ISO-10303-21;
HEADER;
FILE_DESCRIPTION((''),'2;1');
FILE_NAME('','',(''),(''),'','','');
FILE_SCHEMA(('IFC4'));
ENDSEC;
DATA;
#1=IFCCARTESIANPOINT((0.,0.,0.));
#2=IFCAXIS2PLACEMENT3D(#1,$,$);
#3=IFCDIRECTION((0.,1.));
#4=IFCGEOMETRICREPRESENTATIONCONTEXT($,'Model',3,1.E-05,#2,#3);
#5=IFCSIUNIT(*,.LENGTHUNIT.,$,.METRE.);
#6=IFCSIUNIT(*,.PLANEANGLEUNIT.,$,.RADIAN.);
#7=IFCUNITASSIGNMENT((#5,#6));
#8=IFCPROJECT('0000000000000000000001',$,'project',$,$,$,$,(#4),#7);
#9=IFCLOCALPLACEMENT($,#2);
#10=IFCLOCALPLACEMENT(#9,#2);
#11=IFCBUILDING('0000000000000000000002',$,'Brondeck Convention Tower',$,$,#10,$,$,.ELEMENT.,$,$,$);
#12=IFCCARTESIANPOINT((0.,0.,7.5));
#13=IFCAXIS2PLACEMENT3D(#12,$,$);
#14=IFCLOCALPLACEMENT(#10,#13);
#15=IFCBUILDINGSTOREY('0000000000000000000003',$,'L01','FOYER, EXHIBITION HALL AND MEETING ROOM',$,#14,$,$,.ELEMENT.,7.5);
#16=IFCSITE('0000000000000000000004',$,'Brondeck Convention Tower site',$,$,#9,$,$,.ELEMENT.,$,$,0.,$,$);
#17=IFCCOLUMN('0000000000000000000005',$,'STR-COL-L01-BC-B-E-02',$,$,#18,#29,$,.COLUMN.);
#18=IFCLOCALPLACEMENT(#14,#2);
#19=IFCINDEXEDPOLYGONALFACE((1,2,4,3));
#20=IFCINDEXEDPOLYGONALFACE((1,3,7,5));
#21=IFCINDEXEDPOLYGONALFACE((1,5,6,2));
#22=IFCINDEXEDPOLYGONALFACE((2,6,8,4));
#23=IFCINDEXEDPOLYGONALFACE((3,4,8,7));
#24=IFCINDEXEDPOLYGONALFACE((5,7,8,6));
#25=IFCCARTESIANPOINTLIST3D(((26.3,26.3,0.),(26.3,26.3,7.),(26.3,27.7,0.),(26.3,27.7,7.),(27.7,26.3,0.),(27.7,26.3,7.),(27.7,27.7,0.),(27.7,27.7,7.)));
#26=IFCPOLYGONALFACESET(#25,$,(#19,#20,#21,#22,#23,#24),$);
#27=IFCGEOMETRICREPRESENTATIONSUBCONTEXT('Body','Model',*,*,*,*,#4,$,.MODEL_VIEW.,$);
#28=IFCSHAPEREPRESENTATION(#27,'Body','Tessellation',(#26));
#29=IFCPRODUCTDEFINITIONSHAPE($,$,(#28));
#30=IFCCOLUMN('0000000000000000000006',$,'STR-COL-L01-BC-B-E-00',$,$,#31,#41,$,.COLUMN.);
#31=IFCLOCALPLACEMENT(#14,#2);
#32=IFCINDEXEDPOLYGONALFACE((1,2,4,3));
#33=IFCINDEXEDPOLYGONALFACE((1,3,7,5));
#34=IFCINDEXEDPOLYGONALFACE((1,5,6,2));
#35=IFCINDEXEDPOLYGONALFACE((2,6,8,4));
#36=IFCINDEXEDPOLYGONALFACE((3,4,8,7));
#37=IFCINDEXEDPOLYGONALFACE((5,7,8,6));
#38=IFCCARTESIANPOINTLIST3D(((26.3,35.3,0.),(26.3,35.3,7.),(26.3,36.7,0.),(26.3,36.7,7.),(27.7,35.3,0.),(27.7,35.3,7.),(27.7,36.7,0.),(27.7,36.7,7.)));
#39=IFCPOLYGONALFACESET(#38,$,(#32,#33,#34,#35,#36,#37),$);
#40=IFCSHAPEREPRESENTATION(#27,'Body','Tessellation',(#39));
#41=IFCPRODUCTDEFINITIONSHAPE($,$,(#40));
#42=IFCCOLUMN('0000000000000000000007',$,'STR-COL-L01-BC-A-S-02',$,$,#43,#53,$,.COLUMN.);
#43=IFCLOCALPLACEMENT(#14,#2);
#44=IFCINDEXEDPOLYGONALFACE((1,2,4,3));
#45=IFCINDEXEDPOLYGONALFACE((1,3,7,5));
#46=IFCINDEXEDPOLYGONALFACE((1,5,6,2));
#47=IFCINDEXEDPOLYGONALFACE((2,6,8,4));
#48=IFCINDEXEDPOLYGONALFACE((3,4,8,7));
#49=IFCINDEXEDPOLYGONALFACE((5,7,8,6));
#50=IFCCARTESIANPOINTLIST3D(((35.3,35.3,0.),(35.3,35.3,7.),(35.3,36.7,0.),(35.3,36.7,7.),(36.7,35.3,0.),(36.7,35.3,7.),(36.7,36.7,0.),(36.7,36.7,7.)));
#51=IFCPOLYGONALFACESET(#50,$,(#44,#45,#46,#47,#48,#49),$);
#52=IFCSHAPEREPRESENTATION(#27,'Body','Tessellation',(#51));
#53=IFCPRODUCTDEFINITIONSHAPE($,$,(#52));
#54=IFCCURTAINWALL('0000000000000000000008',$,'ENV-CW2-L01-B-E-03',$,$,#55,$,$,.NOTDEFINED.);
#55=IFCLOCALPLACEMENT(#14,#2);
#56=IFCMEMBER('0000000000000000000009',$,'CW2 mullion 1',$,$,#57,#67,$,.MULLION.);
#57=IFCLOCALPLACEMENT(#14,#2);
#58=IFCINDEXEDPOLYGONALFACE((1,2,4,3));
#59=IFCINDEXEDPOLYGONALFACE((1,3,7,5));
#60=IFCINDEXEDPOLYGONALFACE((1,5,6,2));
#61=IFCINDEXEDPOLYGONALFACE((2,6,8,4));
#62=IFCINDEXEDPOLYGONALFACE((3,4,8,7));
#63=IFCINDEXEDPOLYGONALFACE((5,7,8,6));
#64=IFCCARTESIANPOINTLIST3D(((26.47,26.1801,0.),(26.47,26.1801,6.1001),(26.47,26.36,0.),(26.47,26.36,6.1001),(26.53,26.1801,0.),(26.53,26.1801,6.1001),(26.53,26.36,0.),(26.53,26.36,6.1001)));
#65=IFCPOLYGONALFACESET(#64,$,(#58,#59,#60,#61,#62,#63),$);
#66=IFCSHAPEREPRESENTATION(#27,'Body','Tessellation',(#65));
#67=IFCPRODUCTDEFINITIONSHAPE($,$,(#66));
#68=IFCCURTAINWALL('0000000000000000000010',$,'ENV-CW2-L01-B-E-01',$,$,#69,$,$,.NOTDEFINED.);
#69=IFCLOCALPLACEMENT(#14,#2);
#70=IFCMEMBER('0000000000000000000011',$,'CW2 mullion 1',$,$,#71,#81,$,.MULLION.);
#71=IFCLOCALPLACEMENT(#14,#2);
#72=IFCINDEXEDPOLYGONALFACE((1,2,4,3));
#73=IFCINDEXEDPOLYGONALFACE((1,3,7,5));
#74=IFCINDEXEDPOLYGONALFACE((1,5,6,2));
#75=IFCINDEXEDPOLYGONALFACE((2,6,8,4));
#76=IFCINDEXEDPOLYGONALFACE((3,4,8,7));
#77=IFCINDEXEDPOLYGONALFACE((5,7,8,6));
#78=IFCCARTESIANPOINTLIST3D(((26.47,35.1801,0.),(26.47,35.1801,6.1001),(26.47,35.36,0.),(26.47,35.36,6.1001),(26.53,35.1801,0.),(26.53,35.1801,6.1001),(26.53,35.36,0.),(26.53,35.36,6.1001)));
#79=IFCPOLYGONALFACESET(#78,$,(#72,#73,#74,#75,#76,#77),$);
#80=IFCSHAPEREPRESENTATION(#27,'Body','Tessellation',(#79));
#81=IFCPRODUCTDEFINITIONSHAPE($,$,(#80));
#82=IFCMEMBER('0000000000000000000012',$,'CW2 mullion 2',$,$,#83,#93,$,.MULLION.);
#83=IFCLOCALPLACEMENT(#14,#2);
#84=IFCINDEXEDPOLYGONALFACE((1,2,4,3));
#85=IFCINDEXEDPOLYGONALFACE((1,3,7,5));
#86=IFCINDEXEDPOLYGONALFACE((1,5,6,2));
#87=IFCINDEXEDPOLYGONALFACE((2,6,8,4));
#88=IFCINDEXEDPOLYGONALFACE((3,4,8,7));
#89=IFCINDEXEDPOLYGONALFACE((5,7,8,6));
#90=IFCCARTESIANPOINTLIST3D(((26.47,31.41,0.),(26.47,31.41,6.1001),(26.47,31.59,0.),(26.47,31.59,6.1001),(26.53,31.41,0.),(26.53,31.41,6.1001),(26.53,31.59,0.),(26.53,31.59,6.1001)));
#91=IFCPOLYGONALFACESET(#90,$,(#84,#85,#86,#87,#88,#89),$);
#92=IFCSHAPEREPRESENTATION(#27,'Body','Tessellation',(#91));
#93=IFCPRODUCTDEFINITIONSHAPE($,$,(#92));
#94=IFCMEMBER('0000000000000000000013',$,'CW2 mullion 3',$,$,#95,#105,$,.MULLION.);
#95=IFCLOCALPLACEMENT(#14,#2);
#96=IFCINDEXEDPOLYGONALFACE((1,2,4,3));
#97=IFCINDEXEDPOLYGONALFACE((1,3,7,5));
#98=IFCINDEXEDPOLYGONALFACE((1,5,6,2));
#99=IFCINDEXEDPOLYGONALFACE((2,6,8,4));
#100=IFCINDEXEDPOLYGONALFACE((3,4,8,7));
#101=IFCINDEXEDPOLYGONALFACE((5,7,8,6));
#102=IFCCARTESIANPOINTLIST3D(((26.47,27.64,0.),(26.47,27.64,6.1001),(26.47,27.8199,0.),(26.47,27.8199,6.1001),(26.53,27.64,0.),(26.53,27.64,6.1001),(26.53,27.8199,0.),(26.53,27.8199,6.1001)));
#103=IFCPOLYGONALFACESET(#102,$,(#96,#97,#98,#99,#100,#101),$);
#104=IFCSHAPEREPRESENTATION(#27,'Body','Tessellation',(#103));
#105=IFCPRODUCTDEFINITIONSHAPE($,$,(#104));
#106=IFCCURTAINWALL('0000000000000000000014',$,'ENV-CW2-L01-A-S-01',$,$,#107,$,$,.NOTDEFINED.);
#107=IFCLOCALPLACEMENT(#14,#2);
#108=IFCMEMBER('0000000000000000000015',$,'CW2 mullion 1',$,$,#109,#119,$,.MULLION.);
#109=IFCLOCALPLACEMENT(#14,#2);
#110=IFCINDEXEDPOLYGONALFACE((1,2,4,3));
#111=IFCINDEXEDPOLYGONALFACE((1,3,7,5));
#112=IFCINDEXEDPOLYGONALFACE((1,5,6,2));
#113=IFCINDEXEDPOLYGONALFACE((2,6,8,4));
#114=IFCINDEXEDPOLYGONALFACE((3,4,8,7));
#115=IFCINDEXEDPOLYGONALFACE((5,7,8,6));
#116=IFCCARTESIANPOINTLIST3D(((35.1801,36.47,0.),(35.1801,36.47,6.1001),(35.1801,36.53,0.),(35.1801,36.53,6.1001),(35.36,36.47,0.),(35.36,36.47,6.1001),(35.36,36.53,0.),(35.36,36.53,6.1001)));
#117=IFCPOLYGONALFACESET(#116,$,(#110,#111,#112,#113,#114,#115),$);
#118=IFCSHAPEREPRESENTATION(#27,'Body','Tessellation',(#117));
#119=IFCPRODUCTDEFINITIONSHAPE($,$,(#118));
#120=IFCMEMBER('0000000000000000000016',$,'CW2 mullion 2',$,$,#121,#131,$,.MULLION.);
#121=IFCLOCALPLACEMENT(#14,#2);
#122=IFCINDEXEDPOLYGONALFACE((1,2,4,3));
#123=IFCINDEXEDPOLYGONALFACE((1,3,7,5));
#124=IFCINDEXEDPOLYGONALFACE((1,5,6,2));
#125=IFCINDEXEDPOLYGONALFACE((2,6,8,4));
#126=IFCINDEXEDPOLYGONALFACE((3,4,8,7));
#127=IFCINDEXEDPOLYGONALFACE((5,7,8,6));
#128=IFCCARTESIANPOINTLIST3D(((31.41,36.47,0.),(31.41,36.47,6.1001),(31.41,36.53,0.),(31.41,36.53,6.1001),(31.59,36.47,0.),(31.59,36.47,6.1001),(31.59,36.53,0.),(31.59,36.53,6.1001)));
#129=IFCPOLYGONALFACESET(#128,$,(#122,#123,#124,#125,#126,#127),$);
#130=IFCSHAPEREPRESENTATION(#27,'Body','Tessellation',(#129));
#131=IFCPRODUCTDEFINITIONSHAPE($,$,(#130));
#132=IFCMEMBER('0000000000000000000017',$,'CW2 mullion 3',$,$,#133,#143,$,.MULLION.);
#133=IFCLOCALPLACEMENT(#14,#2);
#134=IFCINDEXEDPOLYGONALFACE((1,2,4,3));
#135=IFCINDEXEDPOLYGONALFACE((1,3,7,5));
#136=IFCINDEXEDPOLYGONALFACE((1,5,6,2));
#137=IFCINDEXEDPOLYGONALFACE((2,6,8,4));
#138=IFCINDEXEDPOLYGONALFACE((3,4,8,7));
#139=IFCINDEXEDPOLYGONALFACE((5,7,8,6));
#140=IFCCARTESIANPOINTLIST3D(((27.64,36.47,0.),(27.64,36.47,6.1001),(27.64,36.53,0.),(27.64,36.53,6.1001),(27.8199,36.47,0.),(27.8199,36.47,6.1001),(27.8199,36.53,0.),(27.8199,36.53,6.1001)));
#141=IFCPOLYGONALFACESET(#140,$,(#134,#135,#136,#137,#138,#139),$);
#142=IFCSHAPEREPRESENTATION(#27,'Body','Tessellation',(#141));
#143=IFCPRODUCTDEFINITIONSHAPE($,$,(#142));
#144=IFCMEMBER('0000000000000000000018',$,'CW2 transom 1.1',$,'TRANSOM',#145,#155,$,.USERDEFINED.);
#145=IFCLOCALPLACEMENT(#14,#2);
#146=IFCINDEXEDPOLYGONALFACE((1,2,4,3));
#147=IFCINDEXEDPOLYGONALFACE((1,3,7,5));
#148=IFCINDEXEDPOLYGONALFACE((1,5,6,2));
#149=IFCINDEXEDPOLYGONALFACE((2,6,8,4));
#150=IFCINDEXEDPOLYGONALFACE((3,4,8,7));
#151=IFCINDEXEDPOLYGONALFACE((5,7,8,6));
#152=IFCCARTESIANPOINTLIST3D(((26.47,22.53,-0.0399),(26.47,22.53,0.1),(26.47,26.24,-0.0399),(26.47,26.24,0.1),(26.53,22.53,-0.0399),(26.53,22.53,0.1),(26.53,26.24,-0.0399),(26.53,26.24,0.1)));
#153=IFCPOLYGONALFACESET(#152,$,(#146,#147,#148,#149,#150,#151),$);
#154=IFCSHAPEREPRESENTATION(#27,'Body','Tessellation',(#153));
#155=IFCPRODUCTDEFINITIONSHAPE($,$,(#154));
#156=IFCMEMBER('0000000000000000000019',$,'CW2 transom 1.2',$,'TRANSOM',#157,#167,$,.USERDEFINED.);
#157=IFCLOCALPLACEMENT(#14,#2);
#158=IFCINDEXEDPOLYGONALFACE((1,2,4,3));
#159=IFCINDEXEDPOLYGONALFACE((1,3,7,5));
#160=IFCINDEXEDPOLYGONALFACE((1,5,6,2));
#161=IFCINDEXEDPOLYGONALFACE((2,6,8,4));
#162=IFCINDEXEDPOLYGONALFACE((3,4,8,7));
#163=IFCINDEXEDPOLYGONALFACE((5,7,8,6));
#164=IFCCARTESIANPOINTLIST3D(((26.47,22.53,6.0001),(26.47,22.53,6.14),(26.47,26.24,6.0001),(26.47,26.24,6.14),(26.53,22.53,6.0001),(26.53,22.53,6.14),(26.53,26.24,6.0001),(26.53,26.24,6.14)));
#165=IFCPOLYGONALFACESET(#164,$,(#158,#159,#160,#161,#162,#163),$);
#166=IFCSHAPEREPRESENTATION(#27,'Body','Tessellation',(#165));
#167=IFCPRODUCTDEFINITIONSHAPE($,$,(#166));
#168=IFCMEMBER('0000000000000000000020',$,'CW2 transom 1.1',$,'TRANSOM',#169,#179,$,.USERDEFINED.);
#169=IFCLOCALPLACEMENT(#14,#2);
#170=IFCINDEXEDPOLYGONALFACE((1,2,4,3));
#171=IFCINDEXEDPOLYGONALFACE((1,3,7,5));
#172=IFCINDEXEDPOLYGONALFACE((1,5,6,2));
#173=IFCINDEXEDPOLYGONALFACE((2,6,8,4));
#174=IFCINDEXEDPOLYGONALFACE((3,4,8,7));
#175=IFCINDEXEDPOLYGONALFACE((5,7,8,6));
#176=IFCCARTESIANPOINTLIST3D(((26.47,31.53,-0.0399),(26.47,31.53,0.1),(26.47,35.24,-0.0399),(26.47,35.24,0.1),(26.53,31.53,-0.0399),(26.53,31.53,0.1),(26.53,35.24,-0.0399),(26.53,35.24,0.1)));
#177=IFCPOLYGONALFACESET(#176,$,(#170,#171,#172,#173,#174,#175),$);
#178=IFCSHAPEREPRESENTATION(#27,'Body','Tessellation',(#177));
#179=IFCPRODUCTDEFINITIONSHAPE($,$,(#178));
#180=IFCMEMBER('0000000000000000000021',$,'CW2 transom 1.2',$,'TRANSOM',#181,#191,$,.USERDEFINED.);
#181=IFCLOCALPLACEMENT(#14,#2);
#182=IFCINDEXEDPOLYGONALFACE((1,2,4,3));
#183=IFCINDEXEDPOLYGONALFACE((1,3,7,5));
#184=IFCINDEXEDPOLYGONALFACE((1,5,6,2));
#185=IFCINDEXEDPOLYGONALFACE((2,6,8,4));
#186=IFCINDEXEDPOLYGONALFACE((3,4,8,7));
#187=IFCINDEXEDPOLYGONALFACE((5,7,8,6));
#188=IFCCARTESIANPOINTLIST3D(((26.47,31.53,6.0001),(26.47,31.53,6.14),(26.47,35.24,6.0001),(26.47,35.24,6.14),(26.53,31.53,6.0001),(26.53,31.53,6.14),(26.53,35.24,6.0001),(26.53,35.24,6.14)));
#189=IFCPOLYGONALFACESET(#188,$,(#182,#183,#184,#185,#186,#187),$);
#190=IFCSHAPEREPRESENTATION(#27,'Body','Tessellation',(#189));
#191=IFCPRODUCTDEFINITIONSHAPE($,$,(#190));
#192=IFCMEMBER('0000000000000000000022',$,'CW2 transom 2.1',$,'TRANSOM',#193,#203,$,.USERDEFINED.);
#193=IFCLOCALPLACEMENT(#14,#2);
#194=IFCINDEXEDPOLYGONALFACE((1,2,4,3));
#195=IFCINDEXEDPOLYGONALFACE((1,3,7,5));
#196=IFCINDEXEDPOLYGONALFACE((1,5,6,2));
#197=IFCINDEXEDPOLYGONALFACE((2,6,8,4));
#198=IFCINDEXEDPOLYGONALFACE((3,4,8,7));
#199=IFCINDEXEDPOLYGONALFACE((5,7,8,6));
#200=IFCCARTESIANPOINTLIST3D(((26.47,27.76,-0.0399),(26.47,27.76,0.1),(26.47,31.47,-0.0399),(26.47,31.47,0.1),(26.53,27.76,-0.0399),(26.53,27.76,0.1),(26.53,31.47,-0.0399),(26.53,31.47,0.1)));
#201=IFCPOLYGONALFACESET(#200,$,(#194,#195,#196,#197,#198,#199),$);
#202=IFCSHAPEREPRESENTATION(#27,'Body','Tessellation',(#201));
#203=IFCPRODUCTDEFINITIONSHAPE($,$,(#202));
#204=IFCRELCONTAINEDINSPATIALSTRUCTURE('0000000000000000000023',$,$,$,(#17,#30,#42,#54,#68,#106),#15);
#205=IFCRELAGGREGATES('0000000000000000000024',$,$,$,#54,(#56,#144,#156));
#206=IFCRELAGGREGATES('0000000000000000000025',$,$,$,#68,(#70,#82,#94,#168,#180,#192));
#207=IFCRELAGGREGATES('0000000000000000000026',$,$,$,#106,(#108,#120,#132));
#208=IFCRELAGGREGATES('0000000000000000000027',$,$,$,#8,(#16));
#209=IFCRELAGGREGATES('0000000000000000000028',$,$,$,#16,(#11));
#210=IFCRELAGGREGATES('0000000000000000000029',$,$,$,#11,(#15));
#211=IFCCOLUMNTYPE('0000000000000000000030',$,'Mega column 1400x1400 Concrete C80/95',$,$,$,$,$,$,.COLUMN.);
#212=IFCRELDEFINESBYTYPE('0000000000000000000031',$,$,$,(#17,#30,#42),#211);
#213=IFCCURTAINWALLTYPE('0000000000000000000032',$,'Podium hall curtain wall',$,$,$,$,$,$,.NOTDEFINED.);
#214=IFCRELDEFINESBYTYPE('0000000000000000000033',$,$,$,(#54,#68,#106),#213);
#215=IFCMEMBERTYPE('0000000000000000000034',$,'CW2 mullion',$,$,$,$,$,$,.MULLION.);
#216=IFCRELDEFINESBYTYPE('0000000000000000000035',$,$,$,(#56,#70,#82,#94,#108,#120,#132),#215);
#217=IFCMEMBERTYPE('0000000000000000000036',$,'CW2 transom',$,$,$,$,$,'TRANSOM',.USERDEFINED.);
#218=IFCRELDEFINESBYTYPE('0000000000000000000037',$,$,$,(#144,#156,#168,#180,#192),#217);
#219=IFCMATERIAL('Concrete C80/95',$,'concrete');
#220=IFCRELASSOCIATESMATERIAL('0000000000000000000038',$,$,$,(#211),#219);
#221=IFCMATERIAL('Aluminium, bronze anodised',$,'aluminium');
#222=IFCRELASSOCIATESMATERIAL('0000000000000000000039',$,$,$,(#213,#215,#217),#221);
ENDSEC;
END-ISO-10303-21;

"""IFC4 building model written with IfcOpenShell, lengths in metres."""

from ifc_helpers import new_model, si_unit, direction, frame, origin, origin_2d, place, context, subcontext, project, spatial, rectangle, extrude, material, material_profile, profile_set, type_object, element, aggregate, save


model = new_model("IFC4")

# Units and contexts
model_context = context("Model", 3, precision=1e-05, world=origin(), true_north=direction((0.0, 1.0)))
body_context = subcontext(model_context, "Body", "Model", "MODEL_VIEW")
ifc_project = project(units=[si_unit("LENGTHUNIT", "METRE"), si_unit("PLANEANGLEUNIT", "RADIAN")], contexts=[model_context])

# Site, building, storey
site_placement = place(None, origin())
site = spatial("IfcSite", under=ifc_project, at=site_placement, Name="Brondeck Convention Tower site", CompositionType="ELEMENT", RefElevation=0.0)
building_placement = place(site_placement, origin())
building = spatial("IfcBuilding", under=site, at=building_placement, Name="Brondeck Convention Tower", CompositionType="ELEMENT")
storey_placement = place(building_placement, frame((0.0, 0.0, 7.5)))
storey = spatial("IfcBuildingStorey", under=building, at=storey_placement, Name="L01", Description="FOYER, EXHIBITION HALL AND MEETING ROOM", CompositionType="ELEMENT", Elevation=7.5)

# Columns
ifc_material_1 = material(Name="Concrete C80/95", Category="concrete")
ifc_material_profile_1 = material_profile(ifc_material_1, rectangle(XDim=1.3999, YDim=1.3999, at=origin_2d()), Name="Mega column 1400x1400 Concrete C80/95")
ifc_profile_set_1 = profile_set([ifc_material_profile_1], Name="Concrete C80/95")
column_type = type_object("IfcColumnType", Name="Mega column 1400x1400 Concrete C80/95", PredefinedType="COLUMN", material=ifc_profile_set_1)
for number, where, z_axis, x_axis, name in (
    (1, (27.0, 27.0, 0.0), (0.0, 0.0, 1.0), (1.0, 0.0, 0.0), "STR-COL-L01-BC-B-E-02"),
    (2, (27.0, 36.0, 0.0), (0.0, 0.0, 1.0), (1.0, 0.0, 0.0), "STR-COL-L01-BC-B-E-00"),
    (3, (36.0, 36.0, 0.0), (0.0, 0.0, 1.0), (1.0, 0.0, 0.0), "STR-COL-L01-BC-A-S-02"),
):
    element("IfcColumn", number, at=place(storey_placement, frame(where, z_axis=z_axis, x_axis=x_axis)), inside=storey, type_object=column_type, Name=name, PredefinedType="COLUMN", context=body_context, shape_type="SweptSolid", body=[
        extrude(rectangle(XDim=1.3999, YDim=1.3999, at=origin_2d()), origin(), (0.0, 0.0, 1.0), 7.0),
    ])

# Curtain wall, member
ifc_material_2 = material(Name="Aluminium, bronze anodised", Category="aluminium")
curtain_wall_type = type_object("IfcCurtainWallType", Name="Podium hall curtain wall", PredefinedType="NOTDEFINED", material=ifc_material_2)
curtain_wall_1_placement = place(storey_placement, origin())
curtain_wall_1 = element("IfcCurtainWall", 4, at=curtain_wall_1_placement, inside=storey, type_object=curtain_wall_type, Name="ENV-CW2-L01-B-E-03", PredefinedType="NOTDEFINED")
ifc_material_profile_2 = material_profile(ifc_material_2, rectangle(XDim=0.0601, YDim=0.1799, at=origin_2d()), Name="CW2 mullion")
ifc_profile_set_2 = profile_set([ifc_material_profile_2], Name="Aluminium, bronze anodised")
member_type_1 = type_object("IfcMemberType", Name="CW2 mullion", PredefinedType="MULLION", material=ifc_profile_set_2)
member_1_placement = place(storey_placement, frame((26.5, 26.27, 0.0), z_axis=(0.0, 0.0, 1.0), x_axis=(1.0, 0.0, 0.0)))
member_1 = element("IfcMember", 5, at=member_1_placement, type_object=member_type_1, Name="CW2 mullion 1", PredefinedType="MULLION", context=body_context, shape_type="SweptSolid", body=[
    extrude(rectangle(XDim=0.0601, YDim=0.1799, at=origin_2d()), origin(), (0.0, 0.0, 1.0), 6.1001),
])

# Curtain walls, members
curtain_wall_2_placement = place(storey_placement, origin())
curtain_wall_2 = element("IfcCurtainWall", 6, at=curtain_wall_2_placement, inside=storey, type_object=curtain_wall_type, Name="ENV-CW2-L01-B-E-01", PredefinedType="NOTDEFINED")
member_2_placement = place(storey_placement, frame((26.5, 35.27, 0.0), z_axis=(0.0, 0.0, 1.0), x_axis=(1.0, 0.0, 0.0)))
member_2 = element("IfcMember", 7, at=member_2_placement, type_object=member_type_1, Name="CW2 mullion 1", PredefinedType="MULLION", context=body_context, shape_type="SweptSolid", body=[
    extrude(rectangle(XDim=0.0601, YDim=0.1799, at=origin_2d()), origin(), (0.0, 0.0, 1.0), 6.1001),
])
member_3_placement = place(storey_placement, frame((26.5, 31.5, 0.0), z_axis=(0.0, 0.0, 1.0), x_axis=(1.0, 0.0, 0.0)))
member_3 = element("IfcMember", 8, at=member_3_placement, type_object=member_type_1, Name="CW2 mullion 2", PredefinedType="MULLION", context=body_context, shape_type="SweptSolid", body=[
    extrude(rectangle(XDim=0.0601, YDim=0.1799, at=origin_2d()), origin(), (0.0, 0.0, 1.0), 6.1001),
])
member_4_placement = place(storey_placement, frame((26.5, 27.73, 0.0), z_axis=(0.0, 0.0, 1.0), x_axis=(1.0, 0.0, 0.0)))
member_4 = element("IfcMember", 9, at=member_4_placement, type_object=member_type_1, Name="CW2 mullion 3", PredefinedType="MULLION", context=body_context, shape_type="SweptSolid", body=[
    extrude(rectangle(XDim=0.0601, YDim=0.1799, at=origin_2d()), origin(), (0.0, 0.0, 1.0), 6.1001),
])
curtain_wall_3_placement = place(storey_placement, origin())
curtain_wall_3 = element("IfcCurtainWall", 10, at=curtain_wall_3_placement, inside=storey, type_object=curtain_wall_type, Name="ENV-CW2-L01-A-S-01", PredefinedType="NOTDEFINED")
member_5_placement = place(storey_placement, frame((35.27, 36.5, 0.0), z_axis=(0.0, 0.0, 1.0), x_axis=(0.0, -1.0, 0.0)))
member_5 = element("IfcMember", 11, at=member_5_placement, type_object=member_type_1, Name="CW2 mullion 1", PredefinedType="MULLION", context=body_context, shape_type="SweptSolid", body=[
    extrude(rectangle(XDim=0.0601, YDim=0.1799, at=origin_2d()), origin(), (0.0, 0.0, 1.0), 6.1001),
])
member_6_placement = place(storey_placement, frame((31.5, 36.5, 0.0), z_axis=(0.0, 0.0, 1.0), x_axis=(0.0, -1.0, 0.0)))
member_6 = element("IfcMember", 12, at=member_6_placement, type_object=member_type_1, Name="CW2 mullion 2", PredefinedType="MULLION", context=body_context, shape_type="SweptSolid", body=[
    extrude(rectangle(XDim=0.0601, YDim=0.1799, at=origin_2d()), origin(), (0.0, 0.0, 1.0), 6.1001),
])
member_7_placement = place(storey_placement, frame((27.73, 36.5, 0.0), z_axis=(0.0, 0.0, 1.0), x_axis=(0.0, -1.0, 0.0)))
member_7 = element("IfcMember", 13, at=member_7_placement, type_object=member_type_1, Name="CW2 mullion 3", PredefinedType="MULLION", context=body_context, shape_type="SweptSolid", body=[
    extrude(rectangle(XDim=0.0601, YDim=0.1799, at=origin_2d()), origin(), (0.0, 0.0, 1.0), 6.1001),
])

# Members
ifc_material_profile_3 = material_profile(ifc_material_2, rectangle(XDim=0.0601, YDim=0.1399, at=origin_2d()), Name="CW2 transom")
ifc_profile_set_3 = profile_set([ifc_material_profile_3], Name="Aluminium, bronze anodised")
member_type_2 = type_object("IfcMemberType", Name="CW2 transom", ElementType="TRANSOM", PredefinedType="USERDEFINED", material=ifc_profile_set_3)
member_8_placement = place(storey_placement, frame((26.5, 26.24, 0.03), z_axis=(0.0, -1.0, 0.0), x_axis=(1.0, 0.0, 0.0)))
member_8 = element("IfcMember", 14, at=member_8_placement, type_object=member_type_2, Name="CW2 transom 1.1", ObjectType="TRANSOM", PredefinedType="USERDEFINED", context=body_context, shape_type="SweptSolid", body=[
    extrude(rectangle(XDim=0.0601, YDim=0.1399, at=origin_2d()), origin(), (0.0, 0.0, 1.0), 3.71),
])
member_9_placement = place(storey_placement, frame((26.5, 26.24, 6.0701), z_axis=(0.0, -1.0, 0.0), x_axis=(1.0, 0.0, 0.0)))
member_9 = element("IfcMember", 15, at=member_9_placement, type_object=member_type_2, Name="CW2 transom 1.2", ObjectType="TRANSOM", PredefinedType="USERDEFINED", context=body_context, shape_type="SweptSolid", body=[
    extrude(rectangle(XDim=0.0601, YDim=0.1399, at=origin_2d()), origin(), (0.0, 0.0, 1.0), 3.71),
])
member_10_placement = place(storey_placement, frame((26.5, 35.24, 0.03), z_axis=(0.0, -1.0, 0.0), x_axis=(1.0, 0.0, 0.0)))
member_10 = element("IfcMember", 16, at=member_10_placement, type_object=member_type_2, Name="CW2 transom 1.1", ObjectType="TRANSOM", PredefinedType="USERDEFINED", context=body_context, shape_type="SweptSolid", body=[
    extrude(rectangle(XDim=0.0601, YDim=0.1399, at=origin_2d()), origin(), (0.0, 0.0, 1.0), 3.71),
])
member_11_placement = place(storey_placement, frame((26.5, 35.24, 6.0701), z_axis=(0.0, -1.0, 0.0), x_axis=(1.0, 0.0, 0.0)))
member_11 = element("IfcMember", 17, at=member_11_placement, type_object=member_type_2, Name="CW2 transom 1.2", ObjectType="TRANSOM", PredefinedType="USERDEFINED", context=body_context, shape_type="SweptSolid", body=[
    extrude(rectangle(XDim=0.0601, YDim=0.1399, at=origin_2d()), origin(), (0.0, 0.0, 1.0), 3.71),
])
member_12_placement = place(storey_placement, frame((26.5, 31.47, 0.03), z_axis=(0.0, -1.0, 0.0), x_axis=(1.0, 0.0, 0.0)))
member_12 = element("IfcMember", 18, at=member_12_placement, type_object=member_type_2, Name="CW2 transom 2.1", ObjectType="TRANSOM", PredefinedType="USERDEFINED", context=body_context, shape_type="SweptSolid", body=[
    extrude(rectangle(XDim=0.0601, YDim=0.1399, at=origin_2d()), origin(), (0.0, 0.0, 1.0), 3.71),
])

aggregate(curtain_wall_1, [member_1, member_8, member_9])
aggregate(curtain_wall_2, [member_2, member_3, member_4, member_10, member_11, member_12])
aggregate(curtain_wall_3, [member_5, member_6, member_7])

save(model, "model.ifc")
